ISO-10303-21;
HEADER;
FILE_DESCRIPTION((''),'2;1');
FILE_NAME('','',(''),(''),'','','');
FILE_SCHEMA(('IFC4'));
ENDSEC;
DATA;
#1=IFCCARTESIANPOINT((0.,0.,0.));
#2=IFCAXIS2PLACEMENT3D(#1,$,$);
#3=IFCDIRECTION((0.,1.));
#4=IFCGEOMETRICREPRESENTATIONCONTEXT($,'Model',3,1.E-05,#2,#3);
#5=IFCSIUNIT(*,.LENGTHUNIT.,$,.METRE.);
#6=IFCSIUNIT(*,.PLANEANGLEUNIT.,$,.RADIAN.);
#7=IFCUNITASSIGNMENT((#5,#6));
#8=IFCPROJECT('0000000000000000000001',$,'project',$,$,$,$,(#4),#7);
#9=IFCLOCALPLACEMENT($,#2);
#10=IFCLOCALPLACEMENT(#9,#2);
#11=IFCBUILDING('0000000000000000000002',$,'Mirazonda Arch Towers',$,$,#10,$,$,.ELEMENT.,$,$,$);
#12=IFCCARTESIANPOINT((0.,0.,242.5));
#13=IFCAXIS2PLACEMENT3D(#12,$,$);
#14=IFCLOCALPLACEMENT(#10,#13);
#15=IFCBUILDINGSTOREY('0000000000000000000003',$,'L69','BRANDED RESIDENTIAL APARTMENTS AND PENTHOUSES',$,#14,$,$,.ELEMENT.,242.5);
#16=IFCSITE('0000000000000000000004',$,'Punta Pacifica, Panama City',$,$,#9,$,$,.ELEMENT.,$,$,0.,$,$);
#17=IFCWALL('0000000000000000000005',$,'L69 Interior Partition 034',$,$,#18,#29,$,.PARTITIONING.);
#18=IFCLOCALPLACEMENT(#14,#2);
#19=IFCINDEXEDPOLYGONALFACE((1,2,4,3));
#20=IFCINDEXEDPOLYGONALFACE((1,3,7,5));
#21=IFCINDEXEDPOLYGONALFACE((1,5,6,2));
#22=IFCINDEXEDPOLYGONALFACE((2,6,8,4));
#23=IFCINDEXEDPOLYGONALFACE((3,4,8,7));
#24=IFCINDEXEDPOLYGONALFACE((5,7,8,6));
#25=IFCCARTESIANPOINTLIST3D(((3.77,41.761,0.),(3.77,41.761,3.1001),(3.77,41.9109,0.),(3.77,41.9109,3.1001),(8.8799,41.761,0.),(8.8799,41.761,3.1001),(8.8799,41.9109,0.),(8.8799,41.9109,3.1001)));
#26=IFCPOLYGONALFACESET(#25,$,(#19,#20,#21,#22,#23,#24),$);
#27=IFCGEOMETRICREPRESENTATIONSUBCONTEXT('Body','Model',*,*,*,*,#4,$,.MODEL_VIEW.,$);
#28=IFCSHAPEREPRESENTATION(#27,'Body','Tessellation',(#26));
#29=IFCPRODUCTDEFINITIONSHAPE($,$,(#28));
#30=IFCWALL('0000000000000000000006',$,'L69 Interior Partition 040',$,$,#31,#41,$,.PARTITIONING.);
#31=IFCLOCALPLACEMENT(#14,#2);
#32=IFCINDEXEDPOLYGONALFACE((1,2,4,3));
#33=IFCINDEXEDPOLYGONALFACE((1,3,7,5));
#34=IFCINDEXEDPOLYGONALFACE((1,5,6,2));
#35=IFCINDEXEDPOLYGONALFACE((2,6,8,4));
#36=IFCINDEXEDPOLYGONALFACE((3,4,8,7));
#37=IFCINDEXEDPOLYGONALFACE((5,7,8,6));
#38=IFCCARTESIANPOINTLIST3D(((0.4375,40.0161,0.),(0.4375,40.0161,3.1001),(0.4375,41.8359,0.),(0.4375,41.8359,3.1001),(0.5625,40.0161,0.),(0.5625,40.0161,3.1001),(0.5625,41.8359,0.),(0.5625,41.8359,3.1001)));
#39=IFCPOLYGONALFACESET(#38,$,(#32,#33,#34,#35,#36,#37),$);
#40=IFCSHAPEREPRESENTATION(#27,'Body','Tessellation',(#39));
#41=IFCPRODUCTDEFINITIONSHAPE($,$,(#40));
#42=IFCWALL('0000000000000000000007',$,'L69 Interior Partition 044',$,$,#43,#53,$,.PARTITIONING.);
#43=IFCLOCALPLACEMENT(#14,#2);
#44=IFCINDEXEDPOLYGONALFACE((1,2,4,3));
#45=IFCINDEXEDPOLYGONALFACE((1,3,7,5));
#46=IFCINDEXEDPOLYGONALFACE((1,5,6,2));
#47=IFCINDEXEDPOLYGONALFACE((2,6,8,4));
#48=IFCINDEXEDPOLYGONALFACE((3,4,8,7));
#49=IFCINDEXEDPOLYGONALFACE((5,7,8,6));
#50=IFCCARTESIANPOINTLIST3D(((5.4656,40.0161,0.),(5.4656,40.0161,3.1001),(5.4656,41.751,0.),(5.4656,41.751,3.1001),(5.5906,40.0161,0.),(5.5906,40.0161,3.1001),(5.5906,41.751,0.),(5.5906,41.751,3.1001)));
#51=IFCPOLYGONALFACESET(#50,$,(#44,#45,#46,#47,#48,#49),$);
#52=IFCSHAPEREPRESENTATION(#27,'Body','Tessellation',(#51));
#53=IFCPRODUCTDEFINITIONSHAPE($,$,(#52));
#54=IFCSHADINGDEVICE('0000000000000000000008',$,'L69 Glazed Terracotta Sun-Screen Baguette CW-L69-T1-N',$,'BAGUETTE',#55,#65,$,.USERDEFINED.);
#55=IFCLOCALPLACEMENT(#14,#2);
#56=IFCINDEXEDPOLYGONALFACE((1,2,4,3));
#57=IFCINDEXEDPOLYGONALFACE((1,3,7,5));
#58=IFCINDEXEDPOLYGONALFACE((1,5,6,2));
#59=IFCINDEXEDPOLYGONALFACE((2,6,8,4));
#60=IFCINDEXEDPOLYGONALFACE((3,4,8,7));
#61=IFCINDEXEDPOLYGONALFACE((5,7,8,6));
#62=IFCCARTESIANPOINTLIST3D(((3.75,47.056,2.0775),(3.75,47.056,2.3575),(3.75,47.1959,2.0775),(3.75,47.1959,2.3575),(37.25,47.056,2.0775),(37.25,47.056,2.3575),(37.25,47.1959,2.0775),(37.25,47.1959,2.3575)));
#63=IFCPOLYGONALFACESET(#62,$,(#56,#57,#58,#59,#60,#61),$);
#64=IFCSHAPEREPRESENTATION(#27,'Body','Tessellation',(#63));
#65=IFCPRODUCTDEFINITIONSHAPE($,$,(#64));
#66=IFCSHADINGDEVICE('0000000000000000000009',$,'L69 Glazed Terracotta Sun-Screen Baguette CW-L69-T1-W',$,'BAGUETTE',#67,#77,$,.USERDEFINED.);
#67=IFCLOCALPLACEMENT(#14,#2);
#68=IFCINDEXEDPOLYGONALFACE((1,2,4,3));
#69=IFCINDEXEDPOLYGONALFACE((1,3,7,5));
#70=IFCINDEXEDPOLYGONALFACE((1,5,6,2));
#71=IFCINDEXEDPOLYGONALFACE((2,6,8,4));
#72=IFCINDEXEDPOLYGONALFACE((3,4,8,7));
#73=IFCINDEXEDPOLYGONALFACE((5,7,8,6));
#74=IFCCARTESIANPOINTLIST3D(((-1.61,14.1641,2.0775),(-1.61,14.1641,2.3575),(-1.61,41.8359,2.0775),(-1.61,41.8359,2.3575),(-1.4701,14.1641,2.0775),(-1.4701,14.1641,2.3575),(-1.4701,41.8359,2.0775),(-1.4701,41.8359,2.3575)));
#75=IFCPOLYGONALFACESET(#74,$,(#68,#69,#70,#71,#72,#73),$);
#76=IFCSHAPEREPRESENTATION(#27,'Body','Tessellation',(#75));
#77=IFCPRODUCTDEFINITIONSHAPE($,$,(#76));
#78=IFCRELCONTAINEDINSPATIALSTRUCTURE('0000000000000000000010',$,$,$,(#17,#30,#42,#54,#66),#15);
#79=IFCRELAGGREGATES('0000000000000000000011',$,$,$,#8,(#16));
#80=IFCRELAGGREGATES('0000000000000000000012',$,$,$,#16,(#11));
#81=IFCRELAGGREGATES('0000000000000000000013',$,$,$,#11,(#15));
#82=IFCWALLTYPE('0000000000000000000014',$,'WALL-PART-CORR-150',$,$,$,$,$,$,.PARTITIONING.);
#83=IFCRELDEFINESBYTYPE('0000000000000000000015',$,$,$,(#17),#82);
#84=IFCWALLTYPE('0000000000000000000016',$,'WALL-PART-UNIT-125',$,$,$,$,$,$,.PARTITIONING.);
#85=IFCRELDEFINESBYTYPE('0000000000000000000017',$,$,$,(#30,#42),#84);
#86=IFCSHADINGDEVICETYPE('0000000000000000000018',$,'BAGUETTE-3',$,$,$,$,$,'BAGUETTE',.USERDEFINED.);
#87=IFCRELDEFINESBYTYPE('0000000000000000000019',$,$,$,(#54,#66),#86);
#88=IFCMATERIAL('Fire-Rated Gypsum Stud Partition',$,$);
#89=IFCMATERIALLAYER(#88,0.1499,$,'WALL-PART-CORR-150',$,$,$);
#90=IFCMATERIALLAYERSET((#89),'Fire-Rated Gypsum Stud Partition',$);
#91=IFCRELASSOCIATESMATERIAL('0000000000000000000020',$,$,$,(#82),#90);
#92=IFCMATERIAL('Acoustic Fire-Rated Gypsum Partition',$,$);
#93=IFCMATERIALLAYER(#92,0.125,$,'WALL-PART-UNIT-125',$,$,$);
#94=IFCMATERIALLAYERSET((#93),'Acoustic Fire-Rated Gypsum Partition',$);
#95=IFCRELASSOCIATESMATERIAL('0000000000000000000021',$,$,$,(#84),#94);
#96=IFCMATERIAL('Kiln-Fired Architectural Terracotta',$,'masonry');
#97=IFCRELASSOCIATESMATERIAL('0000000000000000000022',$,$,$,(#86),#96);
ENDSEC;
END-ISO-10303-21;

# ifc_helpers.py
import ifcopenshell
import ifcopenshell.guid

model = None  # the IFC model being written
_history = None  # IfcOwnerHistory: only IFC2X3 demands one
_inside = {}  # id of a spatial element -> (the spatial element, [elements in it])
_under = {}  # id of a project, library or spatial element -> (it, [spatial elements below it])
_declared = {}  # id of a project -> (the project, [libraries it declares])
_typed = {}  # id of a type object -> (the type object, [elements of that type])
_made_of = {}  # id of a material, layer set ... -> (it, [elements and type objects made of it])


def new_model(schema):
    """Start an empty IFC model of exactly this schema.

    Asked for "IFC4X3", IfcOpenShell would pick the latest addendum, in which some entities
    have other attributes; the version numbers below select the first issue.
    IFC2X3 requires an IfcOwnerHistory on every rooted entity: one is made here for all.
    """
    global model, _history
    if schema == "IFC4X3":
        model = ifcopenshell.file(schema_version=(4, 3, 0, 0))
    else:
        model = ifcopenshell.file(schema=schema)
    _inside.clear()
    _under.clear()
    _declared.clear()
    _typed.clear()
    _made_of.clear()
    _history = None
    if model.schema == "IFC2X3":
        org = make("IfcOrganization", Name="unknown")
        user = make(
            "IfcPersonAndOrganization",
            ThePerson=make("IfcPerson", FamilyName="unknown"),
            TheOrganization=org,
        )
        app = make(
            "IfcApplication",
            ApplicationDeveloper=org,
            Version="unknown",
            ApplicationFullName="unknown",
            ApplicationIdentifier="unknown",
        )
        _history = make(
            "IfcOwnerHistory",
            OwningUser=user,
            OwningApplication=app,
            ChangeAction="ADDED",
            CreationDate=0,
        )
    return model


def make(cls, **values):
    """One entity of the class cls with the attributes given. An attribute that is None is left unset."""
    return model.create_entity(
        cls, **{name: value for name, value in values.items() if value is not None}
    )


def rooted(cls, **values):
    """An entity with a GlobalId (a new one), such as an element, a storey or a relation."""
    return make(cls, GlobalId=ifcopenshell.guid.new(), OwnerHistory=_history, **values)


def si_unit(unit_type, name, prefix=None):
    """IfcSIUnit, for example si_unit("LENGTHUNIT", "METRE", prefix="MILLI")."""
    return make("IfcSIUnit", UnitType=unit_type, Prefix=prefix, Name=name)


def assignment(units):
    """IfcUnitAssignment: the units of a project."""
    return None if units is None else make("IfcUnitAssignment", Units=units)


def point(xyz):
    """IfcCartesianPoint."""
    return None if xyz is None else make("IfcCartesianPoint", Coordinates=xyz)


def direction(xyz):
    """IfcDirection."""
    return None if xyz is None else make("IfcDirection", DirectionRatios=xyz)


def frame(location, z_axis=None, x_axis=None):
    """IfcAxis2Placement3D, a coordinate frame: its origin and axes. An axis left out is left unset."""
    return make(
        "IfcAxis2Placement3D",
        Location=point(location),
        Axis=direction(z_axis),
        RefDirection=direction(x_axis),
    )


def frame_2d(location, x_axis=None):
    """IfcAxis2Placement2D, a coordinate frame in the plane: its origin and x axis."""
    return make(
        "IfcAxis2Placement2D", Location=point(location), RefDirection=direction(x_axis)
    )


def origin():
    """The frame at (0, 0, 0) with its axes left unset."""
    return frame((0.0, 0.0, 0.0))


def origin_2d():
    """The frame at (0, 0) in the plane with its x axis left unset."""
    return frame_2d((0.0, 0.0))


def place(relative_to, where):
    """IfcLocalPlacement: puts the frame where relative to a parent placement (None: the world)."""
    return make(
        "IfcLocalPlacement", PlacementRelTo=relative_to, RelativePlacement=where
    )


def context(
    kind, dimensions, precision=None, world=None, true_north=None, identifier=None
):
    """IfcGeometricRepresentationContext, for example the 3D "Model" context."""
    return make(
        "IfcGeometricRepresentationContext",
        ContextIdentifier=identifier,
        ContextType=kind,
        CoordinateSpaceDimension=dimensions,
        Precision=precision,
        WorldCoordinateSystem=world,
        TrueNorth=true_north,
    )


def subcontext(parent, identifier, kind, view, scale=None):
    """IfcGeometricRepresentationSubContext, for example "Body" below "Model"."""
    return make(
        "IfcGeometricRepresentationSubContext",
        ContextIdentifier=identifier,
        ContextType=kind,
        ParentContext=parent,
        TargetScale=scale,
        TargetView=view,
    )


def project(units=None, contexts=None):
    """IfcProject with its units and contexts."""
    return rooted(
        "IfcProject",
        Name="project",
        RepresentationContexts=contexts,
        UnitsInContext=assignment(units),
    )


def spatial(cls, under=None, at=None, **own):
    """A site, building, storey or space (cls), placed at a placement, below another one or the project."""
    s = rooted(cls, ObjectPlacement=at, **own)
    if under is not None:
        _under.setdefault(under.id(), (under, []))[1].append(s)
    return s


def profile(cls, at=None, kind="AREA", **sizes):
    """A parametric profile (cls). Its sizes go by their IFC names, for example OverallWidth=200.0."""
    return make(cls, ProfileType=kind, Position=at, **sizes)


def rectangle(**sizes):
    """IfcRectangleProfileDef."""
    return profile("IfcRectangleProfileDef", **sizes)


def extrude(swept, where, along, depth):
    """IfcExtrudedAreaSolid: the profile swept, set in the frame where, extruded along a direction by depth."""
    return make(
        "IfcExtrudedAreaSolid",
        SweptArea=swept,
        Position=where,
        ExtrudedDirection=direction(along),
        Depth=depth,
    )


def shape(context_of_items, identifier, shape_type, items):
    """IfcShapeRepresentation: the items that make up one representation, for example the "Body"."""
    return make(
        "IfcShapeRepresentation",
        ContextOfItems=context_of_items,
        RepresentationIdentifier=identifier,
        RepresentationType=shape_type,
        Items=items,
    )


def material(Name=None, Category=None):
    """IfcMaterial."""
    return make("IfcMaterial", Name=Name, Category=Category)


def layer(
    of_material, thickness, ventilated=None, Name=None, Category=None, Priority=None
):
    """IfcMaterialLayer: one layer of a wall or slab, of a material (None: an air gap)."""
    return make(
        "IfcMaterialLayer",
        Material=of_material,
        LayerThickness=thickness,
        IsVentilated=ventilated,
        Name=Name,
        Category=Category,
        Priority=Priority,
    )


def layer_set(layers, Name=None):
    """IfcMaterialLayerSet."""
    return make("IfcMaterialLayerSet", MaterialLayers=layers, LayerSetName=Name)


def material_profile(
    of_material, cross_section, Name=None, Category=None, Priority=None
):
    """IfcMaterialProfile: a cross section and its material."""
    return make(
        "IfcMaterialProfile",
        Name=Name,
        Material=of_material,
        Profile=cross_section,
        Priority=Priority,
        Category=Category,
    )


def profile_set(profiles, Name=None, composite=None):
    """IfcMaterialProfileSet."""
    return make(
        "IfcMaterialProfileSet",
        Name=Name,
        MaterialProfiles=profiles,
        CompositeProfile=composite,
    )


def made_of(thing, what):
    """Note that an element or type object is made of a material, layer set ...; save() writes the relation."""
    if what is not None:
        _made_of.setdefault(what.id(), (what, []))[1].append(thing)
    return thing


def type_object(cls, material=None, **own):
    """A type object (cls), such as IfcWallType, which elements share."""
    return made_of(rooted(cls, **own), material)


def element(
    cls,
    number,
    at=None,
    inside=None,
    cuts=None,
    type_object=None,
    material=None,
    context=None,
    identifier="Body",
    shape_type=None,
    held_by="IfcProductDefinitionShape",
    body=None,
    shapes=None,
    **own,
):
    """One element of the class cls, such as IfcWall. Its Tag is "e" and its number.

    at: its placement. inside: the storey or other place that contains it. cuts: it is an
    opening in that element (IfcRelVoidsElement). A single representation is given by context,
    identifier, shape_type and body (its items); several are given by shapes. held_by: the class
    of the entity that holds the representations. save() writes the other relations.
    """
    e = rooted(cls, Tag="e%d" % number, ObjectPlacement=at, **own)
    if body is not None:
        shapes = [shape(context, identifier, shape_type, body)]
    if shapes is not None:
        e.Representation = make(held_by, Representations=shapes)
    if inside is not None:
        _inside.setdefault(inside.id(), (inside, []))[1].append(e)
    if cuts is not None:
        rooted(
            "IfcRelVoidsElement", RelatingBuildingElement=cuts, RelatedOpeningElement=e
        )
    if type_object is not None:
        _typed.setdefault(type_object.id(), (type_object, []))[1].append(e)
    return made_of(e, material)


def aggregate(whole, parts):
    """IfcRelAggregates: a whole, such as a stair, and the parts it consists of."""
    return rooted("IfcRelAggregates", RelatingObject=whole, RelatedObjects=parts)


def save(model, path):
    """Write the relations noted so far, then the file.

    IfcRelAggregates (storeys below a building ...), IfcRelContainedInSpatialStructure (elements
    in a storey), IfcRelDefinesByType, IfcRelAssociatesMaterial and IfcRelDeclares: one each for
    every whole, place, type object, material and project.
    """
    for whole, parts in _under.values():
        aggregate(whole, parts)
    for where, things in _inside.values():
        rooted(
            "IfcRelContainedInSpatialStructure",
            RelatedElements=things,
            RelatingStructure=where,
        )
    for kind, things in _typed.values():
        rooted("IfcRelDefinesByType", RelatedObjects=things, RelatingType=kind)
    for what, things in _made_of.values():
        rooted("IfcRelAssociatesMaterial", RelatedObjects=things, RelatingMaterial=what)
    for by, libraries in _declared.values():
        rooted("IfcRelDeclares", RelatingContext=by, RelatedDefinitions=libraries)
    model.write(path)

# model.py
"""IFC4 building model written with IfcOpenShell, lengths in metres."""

from ifc_helpers import new_model, si_unit, direction, frame, frame_2d, origin, origin_2d, place, context, subcontext, project, spatial, rectangle, extrude, material, layer, layer_set, material_profile, profile_set, type_object, element, save


model = new_model("IFC4")

# Units and contexts
model_context = context("Model", 3, precision=1e-05, world=origin(), true_north=direction((0.0, 1.0)))
body_context = subcontext(model_context, "Body", "Model", "MODEL_VIEW")
ifc_project = project(units=[si_unit("LENGTHUNIT", "METRE"), si_unit("PLANEANGLEUNIT", "RADIAN")], contexts=[model_context])

# Site, building, storey
site_placement = place(None, origin())
site = spatial("IfcSite", under=ifc_project, at=site_placement, Name="Punta Pacifica, Panama City", CompositionType="ELEMENT", RefElevation=0.0)
building_placement = place(site_placement, origin())
building = spatial("IfcBuilding", under=site, at=building_placement, Name="Mirazonda Arch Towers", CompositionType="ELEMENT")
storey_placement = place(building_placement, frame((0.0, 0.0, 242.5)))
storey = spatial("IfcBuildingStorey", under=building, at=storey_placement, Name="L69", Description="BRANDED RESIDENTIAL APARTMENTS AND PENTHOUSES", CompositionType="ELEMENT", Elevation=242.5)

# Wall
ifc_material_1 = material(Name="Fire-Rated Gypsum Stud Partition")
ifc_layer_1 = layer(ifc_material_1, 0.1499, Name="WALL-PART-CORR-150")
ifc_layer_set_1 = layer_set([ifc_layer_1], Name="Fire-Rated Gypsum Stud Partition")
wall_type_1 = type_object("IfcWallType", Name="WALL-PART-CORR-150", PredefinedType="PARTITIONING", material=ifc_layer_set_1)
wall_1_placement = place(storey_placement, frame((3.77, 41.8359, 0.0), z_axis=(0.0, 0.0, 1.0), x_axis=(1.0, 0.0, 0.0)))
element("IfcWall", 1, at=wall_1_placement, inside=storey, type_object=wall_type_1, Name="L69 Interior Partition 034", PredefinedType="PARTITIONING", context=body_context, shape_type="SweptSolid", body=[
    extrude(rectangle(XDim=5.1099, YDim=0.1499, at=frame_2d((2.5549, 0.0))), origin(), (0.0, 0.0, 1.0), 3.1001),
])

# Walls
ifc_material_2 = material(Name="Acoustic Fire-Rated Gypsum Partition")
ifc_layer_2 = layer(ifc_material_2, 0.125, Name="WALL-PART-UNIT-125")
ifc_layer_set_2 = layer_set([ifc_layer_2], Name="Acoustic Fire-Rated Gypsum Partition")
wall_type_2 = type_object("IfcWallType", Name="WALL-PART-UNIT-125", PredefinedType="PARTITIONING", material=ifc_layer_set_2)
wall_2_placement = place(storey_placement, frame((0.5, 40.0161, 0.0), z_axis=(0.0, 0.0, 1.0), x_axis=(0.0, 1.0, 0.0)))
element("IfcWall", 2, at=wall_2_placement, inside=storey, type_object=wall_type_2, Name="L69 Interior Partition 040", PredefinedType="PARTITIONING", context=body_context, shape_type="SweptSolid", body=[
    extrude(rectangle(XDim=1.8198, YDim=0.125, at=frame_2d((0.9099, 0.0))), origin(), (0.0, 0.0, 1.0), 3.1001),
])
wall_3_placement = place(storey_placement, frame((5.5281, 40.0161, 0.0), z_axis=(0.0, 0.0, 1.0), x_axis=(0.0, 1.0, 0.0)))
element("IfcWall", 3, at=wall_3_placement, inside=storey, type_object=wall_type_2, Name="L69 Interior Partition 044", PredefinedType="PARTITIONING", context=body_context, shape_type="SweptSolid", body=[
    extrude(rectangle(XDim=1.7349, YDim=0.125, at=frame_2d((0.8674, 0.0))), origin(), (0.0, 0.0, 1.0), 3.1001),
])

# Shading devices
ifc_material_3 = material(Name="Kiln-Fired Architectural Terracotta", Category="masonry")
ifc_material_profile_1 = material_profile(ifc_material_3, rectangle(XDim=0.1399, YDim=0.28, at=origin_2d()), Name="TERRA-BAG-140x280")
ifc_profile_set_1 = profile_set([ifc_material_profile_1], Name="Kiln-Fired Architectural Terracotta")
shading_device_type = type_object("IfcShadingDeviceType", Name="BAGUETTE-3", ElementType="BAGUETTE", PredefinedType="USERDEFINED", material=ifc_profile_set_1)
shading_device_1_placement = place(storey_placement, frame((3.75, 47.126, 2.2175), z_axis=(1.0, 0.0, 0.0), x_axis=(0.0, 1.0, 0.0)))
element("IfcShadingDevice", 4, at=shading_device_1_placement, inside=storey, type_object=shading_device_type, Name="L69 Glazed Terracotta Sun-Screen Baguette CW-L69-T1-N", ObjectType="BAGUETTE", PredefinedType="USERDEFINED", context=body_context, shape_type="SweptSolid", body=[
    extrude(rectangle(XDim=0.1399, YDim=0.28, at=origin_2d()), origin(), (0.0, 0.0, 1.0), 33.5),
])
shading_device_2_placement = place(storey_placement, frame((-1.54, 41.8359, 2.2175), z_axis=(0.0, -1.0, 0.0), x_axis=(1.0, 0.0, 0.0)))
element("IfcShadingDevice", 5, at=shading_device_2_placement, inside=storey, type_object=shading_device_type, Name="L69 Glazed Terracotta Sun-Screen Baguette CW-L69-T1-W", ObjectType="BAGUETTE", PredefinedType="USERDEFINED", context=body_context, shape_type="SweptSolid", body=[
    extrude(rectangle(XDim=0.1399, YDim=0.28, at=origin_2d()), origin(), (0.0, 0.0, 1.0), 27.6719),
])

save(model, "model.ifc")
